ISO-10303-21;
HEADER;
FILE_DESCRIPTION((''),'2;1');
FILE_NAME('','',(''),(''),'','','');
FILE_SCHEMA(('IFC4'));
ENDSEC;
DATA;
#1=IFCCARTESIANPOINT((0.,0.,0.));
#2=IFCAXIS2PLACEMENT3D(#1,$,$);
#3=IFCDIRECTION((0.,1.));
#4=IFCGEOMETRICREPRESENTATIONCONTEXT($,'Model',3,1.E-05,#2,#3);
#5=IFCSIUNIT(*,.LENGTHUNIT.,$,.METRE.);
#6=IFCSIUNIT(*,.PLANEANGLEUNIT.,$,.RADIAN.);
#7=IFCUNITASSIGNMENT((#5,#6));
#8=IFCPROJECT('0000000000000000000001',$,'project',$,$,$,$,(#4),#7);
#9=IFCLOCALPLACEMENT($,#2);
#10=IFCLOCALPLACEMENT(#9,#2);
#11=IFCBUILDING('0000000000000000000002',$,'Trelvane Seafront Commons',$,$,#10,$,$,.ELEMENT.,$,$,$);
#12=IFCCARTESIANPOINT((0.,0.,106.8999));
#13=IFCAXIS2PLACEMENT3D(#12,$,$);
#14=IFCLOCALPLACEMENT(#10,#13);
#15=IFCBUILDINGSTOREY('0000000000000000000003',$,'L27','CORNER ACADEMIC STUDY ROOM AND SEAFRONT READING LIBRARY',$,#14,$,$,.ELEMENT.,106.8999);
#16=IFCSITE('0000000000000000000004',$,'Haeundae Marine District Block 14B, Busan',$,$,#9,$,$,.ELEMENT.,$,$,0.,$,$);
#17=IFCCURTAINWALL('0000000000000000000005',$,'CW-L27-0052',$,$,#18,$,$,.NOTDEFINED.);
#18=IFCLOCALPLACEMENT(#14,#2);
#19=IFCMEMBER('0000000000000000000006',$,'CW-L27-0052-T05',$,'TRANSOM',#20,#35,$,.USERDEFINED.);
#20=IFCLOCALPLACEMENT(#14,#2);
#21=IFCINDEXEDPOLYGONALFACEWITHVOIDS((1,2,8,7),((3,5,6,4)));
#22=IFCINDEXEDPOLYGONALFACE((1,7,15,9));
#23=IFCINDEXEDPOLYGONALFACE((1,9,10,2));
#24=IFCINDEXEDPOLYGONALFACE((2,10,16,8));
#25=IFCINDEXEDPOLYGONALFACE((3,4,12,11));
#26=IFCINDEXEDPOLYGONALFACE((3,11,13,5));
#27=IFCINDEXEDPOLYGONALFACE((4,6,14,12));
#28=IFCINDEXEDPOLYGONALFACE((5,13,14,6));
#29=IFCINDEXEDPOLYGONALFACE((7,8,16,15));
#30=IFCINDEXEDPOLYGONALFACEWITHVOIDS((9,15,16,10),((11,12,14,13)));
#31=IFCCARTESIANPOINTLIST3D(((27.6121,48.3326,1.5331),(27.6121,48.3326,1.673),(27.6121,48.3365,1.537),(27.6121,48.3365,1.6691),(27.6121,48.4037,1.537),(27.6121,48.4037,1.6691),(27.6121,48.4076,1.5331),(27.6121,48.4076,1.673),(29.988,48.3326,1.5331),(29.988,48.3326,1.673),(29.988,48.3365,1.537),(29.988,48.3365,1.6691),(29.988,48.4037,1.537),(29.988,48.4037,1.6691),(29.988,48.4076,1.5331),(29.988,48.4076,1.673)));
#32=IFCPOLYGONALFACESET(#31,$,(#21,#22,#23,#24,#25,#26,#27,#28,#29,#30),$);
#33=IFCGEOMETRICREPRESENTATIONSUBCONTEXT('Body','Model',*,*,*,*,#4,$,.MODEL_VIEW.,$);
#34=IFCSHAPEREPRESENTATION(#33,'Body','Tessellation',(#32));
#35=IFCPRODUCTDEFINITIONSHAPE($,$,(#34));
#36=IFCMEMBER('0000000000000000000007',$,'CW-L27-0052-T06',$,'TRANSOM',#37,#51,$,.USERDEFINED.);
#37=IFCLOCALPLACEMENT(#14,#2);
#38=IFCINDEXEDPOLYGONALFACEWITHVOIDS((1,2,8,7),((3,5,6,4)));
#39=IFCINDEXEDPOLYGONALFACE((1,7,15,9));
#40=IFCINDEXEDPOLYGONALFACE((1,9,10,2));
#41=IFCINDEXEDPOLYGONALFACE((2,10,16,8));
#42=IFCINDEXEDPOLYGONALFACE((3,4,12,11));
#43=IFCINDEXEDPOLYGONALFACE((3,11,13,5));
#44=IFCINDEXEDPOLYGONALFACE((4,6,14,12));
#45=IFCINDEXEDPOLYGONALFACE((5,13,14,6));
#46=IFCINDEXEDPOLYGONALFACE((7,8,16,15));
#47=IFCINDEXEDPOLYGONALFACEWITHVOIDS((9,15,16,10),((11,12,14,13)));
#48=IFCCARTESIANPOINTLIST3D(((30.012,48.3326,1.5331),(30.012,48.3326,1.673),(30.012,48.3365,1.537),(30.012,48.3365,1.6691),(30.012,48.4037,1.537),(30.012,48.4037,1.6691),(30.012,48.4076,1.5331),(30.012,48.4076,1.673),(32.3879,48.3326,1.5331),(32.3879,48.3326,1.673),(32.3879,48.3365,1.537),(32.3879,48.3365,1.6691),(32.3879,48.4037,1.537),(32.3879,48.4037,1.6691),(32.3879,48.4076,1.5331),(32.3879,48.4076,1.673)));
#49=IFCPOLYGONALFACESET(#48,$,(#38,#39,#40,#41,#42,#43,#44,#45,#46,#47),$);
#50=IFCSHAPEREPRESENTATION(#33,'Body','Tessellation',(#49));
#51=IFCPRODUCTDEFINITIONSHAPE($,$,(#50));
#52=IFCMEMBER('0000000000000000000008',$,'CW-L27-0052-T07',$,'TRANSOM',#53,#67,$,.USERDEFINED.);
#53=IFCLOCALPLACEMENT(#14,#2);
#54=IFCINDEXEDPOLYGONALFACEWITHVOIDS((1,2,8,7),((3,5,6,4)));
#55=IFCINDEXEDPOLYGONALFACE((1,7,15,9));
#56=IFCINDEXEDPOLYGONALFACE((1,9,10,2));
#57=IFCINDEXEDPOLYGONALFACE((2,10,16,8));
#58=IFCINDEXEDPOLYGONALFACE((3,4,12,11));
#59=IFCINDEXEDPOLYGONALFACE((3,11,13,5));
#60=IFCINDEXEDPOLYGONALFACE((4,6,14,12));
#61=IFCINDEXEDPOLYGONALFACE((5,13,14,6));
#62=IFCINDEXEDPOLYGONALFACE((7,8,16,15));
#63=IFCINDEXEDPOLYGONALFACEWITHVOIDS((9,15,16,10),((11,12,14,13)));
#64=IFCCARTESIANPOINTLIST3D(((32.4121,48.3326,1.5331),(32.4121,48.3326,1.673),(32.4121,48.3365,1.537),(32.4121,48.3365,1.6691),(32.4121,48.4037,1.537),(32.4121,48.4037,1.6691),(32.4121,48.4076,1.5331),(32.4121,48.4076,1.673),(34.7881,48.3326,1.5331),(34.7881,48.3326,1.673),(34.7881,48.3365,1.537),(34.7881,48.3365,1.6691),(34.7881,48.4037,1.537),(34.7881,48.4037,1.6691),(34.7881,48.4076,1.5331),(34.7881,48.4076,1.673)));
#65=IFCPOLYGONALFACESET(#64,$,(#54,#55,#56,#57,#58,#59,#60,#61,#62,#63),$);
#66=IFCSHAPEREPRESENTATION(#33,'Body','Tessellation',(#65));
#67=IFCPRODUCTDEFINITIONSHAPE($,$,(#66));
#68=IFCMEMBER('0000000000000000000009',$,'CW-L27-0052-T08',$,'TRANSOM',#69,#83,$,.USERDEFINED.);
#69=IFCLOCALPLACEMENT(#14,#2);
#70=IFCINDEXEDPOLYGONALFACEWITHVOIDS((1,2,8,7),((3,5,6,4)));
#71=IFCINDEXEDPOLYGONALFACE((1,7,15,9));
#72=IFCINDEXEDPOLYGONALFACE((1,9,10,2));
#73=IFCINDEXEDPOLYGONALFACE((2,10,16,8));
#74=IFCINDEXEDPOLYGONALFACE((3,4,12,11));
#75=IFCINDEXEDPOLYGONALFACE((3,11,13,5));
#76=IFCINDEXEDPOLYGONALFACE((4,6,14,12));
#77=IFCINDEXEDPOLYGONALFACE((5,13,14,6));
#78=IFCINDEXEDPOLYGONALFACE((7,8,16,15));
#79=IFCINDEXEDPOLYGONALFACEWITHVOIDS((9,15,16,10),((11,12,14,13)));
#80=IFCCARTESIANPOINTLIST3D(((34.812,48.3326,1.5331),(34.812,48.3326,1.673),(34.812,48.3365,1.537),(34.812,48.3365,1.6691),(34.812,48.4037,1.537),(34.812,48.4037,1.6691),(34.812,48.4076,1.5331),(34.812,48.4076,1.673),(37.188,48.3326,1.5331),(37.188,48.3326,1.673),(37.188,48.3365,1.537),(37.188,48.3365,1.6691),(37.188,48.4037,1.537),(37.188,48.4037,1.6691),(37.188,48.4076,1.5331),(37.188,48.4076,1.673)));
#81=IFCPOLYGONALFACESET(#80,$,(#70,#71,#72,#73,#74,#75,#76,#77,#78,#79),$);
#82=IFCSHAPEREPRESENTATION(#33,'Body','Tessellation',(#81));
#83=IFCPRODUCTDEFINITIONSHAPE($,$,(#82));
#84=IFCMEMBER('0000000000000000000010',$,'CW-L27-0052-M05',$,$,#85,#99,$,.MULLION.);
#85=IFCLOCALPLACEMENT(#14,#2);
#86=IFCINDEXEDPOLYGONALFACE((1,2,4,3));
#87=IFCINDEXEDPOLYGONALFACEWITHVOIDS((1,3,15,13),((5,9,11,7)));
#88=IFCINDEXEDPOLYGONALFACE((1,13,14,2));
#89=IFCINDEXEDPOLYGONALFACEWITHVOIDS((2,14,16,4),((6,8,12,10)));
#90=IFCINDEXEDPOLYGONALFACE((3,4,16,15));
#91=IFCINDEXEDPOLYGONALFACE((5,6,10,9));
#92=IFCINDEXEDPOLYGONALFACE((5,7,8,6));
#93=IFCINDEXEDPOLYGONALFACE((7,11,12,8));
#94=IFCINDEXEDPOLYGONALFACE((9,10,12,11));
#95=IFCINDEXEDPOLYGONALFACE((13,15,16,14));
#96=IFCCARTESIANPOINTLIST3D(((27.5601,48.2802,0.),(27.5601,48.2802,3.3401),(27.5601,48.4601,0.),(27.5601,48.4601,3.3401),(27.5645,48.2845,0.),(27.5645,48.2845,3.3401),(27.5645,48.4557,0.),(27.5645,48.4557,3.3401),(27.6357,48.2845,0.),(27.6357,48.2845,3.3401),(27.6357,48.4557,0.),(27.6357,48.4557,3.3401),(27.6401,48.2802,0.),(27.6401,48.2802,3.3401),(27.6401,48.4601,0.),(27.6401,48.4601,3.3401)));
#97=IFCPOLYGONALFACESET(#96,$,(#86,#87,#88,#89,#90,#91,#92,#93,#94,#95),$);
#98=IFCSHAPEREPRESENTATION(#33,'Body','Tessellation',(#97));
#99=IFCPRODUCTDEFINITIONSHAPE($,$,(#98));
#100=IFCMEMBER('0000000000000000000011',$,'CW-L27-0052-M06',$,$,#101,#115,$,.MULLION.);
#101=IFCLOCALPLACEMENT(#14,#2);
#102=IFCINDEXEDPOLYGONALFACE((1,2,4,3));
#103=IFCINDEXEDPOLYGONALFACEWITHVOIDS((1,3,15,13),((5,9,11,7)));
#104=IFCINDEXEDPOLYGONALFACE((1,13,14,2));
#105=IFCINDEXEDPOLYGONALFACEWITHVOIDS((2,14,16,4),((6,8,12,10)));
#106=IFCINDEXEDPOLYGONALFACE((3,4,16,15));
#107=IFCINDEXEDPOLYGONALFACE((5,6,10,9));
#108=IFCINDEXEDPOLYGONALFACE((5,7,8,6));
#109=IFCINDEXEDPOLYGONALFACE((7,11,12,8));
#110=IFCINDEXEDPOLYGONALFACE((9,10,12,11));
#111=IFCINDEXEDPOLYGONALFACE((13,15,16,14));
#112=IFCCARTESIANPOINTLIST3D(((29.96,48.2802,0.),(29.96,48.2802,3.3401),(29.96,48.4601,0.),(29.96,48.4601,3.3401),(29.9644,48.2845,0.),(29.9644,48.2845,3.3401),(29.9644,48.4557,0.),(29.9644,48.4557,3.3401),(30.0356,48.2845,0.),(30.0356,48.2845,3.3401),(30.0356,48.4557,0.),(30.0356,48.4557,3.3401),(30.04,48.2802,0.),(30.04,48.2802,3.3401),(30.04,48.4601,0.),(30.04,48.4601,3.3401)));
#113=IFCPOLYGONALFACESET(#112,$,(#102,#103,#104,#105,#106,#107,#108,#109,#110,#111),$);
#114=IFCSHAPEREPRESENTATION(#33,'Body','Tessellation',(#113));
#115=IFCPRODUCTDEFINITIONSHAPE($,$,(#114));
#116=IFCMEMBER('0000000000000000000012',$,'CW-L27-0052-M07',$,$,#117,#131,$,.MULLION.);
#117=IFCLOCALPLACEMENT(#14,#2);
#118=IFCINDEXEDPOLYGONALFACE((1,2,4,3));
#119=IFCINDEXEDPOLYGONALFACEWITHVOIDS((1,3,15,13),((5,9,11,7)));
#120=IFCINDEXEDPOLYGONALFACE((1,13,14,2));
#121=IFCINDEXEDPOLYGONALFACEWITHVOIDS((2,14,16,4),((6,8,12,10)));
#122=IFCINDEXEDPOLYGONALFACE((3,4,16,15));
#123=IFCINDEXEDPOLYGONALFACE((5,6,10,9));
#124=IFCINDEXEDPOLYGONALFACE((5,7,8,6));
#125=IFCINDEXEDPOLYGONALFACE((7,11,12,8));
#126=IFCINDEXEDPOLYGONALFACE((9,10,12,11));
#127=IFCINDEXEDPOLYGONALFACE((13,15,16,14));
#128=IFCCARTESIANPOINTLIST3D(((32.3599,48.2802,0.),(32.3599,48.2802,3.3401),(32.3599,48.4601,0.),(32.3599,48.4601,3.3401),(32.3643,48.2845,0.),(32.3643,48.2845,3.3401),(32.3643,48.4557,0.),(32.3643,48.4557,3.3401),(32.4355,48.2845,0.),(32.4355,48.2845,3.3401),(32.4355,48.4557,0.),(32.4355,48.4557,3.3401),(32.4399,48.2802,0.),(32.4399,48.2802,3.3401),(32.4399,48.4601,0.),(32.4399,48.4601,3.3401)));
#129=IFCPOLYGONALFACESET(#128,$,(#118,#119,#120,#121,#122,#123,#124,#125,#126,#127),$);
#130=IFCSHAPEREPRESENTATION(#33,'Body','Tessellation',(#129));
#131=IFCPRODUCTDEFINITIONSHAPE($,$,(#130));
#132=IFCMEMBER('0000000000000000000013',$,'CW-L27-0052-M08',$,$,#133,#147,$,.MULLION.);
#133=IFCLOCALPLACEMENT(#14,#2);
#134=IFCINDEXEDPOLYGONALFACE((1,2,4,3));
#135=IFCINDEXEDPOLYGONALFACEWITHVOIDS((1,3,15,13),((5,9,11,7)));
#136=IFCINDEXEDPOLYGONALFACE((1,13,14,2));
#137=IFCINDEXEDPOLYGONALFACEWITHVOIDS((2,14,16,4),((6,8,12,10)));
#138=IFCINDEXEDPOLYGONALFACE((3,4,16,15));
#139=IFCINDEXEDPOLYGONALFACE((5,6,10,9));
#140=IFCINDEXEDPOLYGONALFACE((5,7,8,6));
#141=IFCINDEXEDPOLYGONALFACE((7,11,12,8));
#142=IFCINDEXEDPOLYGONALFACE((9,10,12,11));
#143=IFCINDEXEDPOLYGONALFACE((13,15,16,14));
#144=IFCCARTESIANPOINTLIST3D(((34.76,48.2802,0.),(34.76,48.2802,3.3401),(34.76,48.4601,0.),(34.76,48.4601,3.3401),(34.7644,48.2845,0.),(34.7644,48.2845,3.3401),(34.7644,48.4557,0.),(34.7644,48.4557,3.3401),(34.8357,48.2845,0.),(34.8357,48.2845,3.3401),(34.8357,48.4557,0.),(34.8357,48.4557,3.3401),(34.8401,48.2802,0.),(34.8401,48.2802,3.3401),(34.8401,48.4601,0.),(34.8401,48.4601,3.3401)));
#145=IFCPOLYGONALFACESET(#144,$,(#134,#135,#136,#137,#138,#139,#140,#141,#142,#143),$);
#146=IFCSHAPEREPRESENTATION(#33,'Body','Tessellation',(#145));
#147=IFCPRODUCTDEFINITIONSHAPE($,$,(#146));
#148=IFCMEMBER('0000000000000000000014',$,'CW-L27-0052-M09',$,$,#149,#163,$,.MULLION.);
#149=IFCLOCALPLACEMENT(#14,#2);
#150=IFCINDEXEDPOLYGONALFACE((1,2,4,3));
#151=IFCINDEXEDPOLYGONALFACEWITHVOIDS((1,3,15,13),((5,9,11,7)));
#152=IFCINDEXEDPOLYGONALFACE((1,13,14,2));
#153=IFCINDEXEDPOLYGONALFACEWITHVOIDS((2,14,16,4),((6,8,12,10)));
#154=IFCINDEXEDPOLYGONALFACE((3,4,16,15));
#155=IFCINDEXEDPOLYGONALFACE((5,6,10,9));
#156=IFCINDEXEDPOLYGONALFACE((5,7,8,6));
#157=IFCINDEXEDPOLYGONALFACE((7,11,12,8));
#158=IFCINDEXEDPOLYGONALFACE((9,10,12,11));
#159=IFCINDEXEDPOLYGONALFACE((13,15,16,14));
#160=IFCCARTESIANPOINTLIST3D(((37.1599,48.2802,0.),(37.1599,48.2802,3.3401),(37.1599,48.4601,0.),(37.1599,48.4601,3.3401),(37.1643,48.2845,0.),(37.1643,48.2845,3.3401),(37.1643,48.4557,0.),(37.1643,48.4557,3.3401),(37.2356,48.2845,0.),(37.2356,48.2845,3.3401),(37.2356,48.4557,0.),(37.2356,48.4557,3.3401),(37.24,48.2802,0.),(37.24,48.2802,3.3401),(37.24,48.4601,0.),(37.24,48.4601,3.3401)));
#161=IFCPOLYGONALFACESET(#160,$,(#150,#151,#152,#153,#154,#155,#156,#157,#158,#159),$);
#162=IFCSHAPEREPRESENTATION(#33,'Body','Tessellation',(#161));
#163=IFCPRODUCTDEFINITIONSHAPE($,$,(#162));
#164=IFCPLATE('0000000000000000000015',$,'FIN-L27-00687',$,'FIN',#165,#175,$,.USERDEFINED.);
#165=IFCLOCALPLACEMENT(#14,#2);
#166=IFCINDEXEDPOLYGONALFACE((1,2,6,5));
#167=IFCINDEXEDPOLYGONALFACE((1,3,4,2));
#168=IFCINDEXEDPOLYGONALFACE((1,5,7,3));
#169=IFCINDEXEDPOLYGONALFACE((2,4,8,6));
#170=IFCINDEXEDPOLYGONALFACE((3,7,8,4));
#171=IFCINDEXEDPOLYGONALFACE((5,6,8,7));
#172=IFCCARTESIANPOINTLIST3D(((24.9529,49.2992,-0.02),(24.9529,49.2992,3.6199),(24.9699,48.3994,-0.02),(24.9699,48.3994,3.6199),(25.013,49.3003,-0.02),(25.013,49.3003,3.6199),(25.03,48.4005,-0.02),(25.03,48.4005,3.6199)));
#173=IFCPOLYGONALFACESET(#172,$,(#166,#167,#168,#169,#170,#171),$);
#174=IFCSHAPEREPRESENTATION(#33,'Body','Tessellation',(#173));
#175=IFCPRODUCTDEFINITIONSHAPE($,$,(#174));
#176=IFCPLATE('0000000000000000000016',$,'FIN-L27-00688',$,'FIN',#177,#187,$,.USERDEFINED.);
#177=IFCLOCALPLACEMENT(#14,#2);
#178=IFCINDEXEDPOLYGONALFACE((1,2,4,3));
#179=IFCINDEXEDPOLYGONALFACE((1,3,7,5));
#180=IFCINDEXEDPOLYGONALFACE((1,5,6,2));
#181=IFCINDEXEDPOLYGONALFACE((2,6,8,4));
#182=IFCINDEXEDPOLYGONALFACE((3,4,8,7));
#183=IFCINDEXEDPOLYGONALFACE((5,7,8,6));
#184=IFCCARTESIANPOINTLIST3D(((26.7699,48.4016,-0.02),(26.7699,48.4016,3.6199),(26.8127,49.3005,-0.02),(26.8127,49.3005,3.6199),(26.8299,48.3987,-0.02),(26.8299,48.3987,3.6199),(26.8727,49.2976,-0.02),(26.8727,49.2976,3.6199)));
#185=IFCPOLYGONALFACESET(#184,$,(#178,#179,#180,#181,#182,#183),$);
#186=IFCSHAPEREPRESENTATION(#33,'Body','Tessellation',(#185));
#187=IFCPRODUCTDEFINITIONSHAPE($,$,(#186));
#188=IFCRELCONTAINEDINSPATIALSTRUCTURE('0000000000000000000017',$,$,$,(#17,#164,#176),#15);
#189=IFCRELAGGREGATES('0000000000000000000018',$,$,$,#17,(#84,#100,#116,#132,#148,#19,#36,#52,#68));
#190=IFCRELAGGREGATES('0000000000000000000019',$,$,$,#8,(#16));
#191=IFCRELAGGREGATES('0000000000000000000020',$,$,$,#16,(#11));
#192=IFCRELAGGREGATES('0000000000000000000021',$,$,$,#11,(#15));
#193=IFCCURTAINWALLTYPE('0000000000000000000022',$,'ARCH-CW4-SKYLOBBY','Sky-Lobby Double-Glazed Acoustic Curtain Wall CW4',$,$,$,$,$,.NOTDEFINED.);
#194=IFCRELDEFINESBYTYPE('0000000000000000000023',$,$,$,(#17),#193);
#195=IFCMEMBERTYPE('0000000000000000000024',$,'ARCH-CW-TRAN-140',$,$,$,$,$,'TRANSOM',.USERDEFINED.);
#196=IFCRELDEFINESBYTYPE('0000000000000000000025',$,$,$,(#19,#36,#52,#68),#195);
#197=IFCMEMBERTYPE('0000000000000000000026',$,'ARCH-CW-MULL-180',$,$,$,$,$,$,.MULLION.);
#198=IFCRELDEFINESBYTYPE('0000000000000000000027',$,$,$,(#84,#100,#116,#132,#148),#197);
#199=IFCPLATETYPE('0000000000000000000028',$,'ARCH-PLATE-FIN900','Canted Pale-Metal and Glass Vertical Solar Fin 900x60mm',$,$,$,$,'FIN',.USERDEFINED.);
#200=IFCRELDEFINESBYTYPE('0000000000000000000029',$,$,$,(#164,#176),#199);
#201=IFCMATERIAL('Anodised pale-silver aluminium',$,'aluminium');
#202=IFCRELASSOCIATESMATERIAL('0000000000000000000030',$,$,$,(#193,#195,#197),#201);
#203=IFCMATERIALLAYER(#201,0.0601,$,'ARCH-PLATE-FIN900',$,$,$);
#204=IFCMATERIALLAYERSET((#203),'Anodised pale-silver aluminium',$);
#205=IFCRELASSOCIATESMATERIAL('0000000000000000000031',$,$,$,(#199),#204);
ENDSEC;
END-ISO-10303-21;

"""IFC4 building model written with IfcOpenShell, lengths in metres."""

from ifc_helpers import new_model, si_unit, direction, frame, origin, origin_2d, place, context, subcontext, project, spatial, rectangle, hollow_rectangle, extrude, source, transform, mapped, material, layer, layer_set, material_profile, profile_set, type_object, element, aggregate, save


model = new_model("IFC4")

# Units and contexts
model_context = context("Model", 3, precision=1e-05, world=origin(), true_north=direction((0.0, 1.0)))
body_context = subcontext(model_context, "Body", "Model", "MODEL_VIEW")
ifc_project = project(units=[si_unit("LENGTHUNIT", "METRE"), si_unit("PLANEANGLEUNIT", "RADIAN")], contexts=[model_context])

# Site, building, storey
site_placement = place(None, origin())
site = spatial("IfcSite", under=ifc_project, at=site_placement, Name="Haeundae Marine District Block 14B, Busan", CompositionType="ELEMENT", RefElevation=0.0)
building_placement = place(site_placement, origin())
building = spatial("IfcBuilding", under=site, at=building_placement, Name="Trelvane Seafront Commons", CompositionType="ELEMENT")
storey_placement = place(building_placement, frame((0.0, 0.0, 106.8999)))
storey = spatial("IfcBuildingStorey", under=building, at=storey_placement, Name="L27", Description="CORNER ACADEMIC STUDY ROOM AND SEAFRONT READING LIBRARY", CompositionType="ELEMENT", Elevation=106.8999)

# Curtain wall, members
ifc_material_1 = material(Name="Anodised pale-silver aluminium", Category="aluminium")
curtain_wall_type = type_object("IfcCurtainWallType", Name="ARCH-CW4-SKYLOBBY", Description="Sky-Lobby Double-Glazed Acoustic Curtain Wall CW4", PredefinedType="NOTDEFINED", material=ifc_material_1)
curtain_wall_placement = place(storey_placement, origin())
curtain_wall = element("IfcCurtainWall", 1, at=curtain_wall_placement, inside=storey, type_object=curtain_wall_type, Name="CW-L27-0052", PredefinedType="NOTDEFINED")
ifc_material_profile_1 = material_profile(ifc_material_1, hollow_rectangle(XDim=0.075, YDim=0.1399, WallThickness=0.0039, at=origin_2d()), Name="TRAN-75x140x4")
ifc_profile_set_1 = profile_set([ifc_material_profile_1], Name="Anodised pale-silver aluminium")
member_type_1 = type_object("IfcMemberType", Name="ARCH-CW-TRAN-140", ElementType="TRANSOM", PredefinedType="USERDEFINED", material=ifc_profile_set_1)
shared_shape_1 = source(origin(), body_context, "Body", "SweptSolid", [
    extrude(hollow_rectangle(XDim=0.075, YDim=0.1399, WallThickness=0.0039, at=origin_2d()), origin(), (0.0, 0.0, 1.0), 2.376),
])
member_1_placement = place(storey_placement, frame((27.6121, 48.3701, 1.603), z_axis=(1.0, 0.0, 0.0), x_axis=(0.0, 1.0, 0.0)))
member_1 = element("IfcMember", 2, at=member_1_placement, type_object=member_type_1, Name="CW-L27-0052-T05", ObjectType="TRANSOM", PredefinedType="USERDEFINED", context=body_context, shape_type="MappedRepresentation", body=[
    mapped(shared_shape_1, transform((0.0, 0.0, 0.0), x_axis=(1.0, 0.0, 0.0), y_axis=(0.0, 1.0, 0.0), z_axis=(0.0, 0.0, 1.0), scale=1.0)),
])
member_2_placement = place(storey_placement, frame((30.012, 48.3701, 1.603), z_axis=(1.0, 0.0, 0.0), x_axis=(0.0, 1.0, 0.0)))
member_2 = element("IfcMember", 3, at=member_2_placement, type_object=member_type_1, Name="CW-L27-0052-T06", ObjectType="TRANSOM", PredefinedType="USERDEFINED", context=body_context, shape_type="MappedRepresentation", body=[
    mapped(shared_shape_1, transform((0.0, 0.0, 0.0), x_axis=(1.0, 0.0, 0.0), y_axis=(0.0, 1.0, 0.0), z_axis=(0.0, 0.0, 1.0), scale=1.0)),
])
member_3_placement = place(storey_placement, frame((32.4121, 48.3701, 1.603), z_axis=(1.0, 0.0, 0.0), x_axis=(0.0, 1.0, 0.0)))
member_3 = element("IfcMember", 4, at=member_3_placement, type_object=member_type_1, Name="CW-L27-0052-T07", ObjectType="TRANSOM", PredefinedType="USERDEFINED", context=body_context, shape_type="MappedRepresentation", body=[
    mapped(shared_shape_1, transform((0.0, 0.0, 0.0), x_axis=(1.0, 0.0, 0.0), y_axis=(0.0, 1.0, 0.0), z_axis=(0.0, 0.0, 1.0), scale=1.0)),
])
member_4_placement = place(storey_placement, frame((34.812, 48.3701, 1.603), z_axis=(1.0, 0.0, 0.0), x_axis=(0.0, 1.0, 0.0)))
member_4 = element("IfcMember", 5, at=member_4_placement, type_object=member_type_1, Name="CW-L27-0052-T08", ObjectType="TRANSOM", PredefinedType="USERDEFINED", context=body_context, shape_type="MappedRepresentation", body=[
    mapped(shared_shape_1, transform((0.0, 0.0, 0.0), x_axis=(1.0, 0.0, 0.0), y_axis=(0.0, 1.0, 0.0), z_axis=(0.0, 0.0, 1.0), scale=1.0)),
])
ifc_material_profile_2 = material_profile(ifc_material_1, hollow_rectangle(XDim=0.0801, YDim=0.1799, WallThickness=0.0044, at=origin_2d()), Name="MULL-80x180x4.5")
ifc_profile_set_2 = profile_set([ifc_material_profile_2], Name="Anodised pale-silver aluminium")
member_type_2 = type_object("IfcMemberType", Name="ARCH-CW-MULL-180", PredefinedType="MULLION", material=ifc_profile_set_2)
shared_shape_2 = source(origin(), body_context, "Body", "SweptSolid", [
    extrude(hollow_rectangle(XDim=0.0801, YDim=0.1799, WallThickness=0.0044, at=origin_2d()), origin(), (0.0, 0.0, 1.0), 3.3401),
])
member_5_placement = place(storey_placement, frame((27.6001, 48.3701, 0.0), z_axis=(0.0, 0.0, 1.0), x_axis=(1.0, 0.0, 0.0)))
member_5 = element("IfcMember", 6, at=member_5_placement, type_object=member_type_2, Name="CW-L27-0052-M05", PredefinedType="MULLION", context=body_context, shape_type="MappedRepresentation", body=[
    mapped(shared_shape_2, transform((0.0, 0.0, 0.0), x_axis=(1.0, 0.0, 0.0), y_axis=(0.0, 1.0, 0.0), z_axis=(0.0, 0.0, 1.0), scale=1.0)),
])
member_6_placement = place(storey_placement, frame((30.0, 48.3701, 0.0), z_axis=(0.0, 0.0, 1.0), x_axis=(1.0, 0.0, 0.0)))
member_6 = element("IfcMember", 7, at=member_6_placement, type_object=member_type_2, Name="CW-L27-0052-M06", PredefinedType="MULLION", context=body_context, shape_type="MappedRepresentation", body=[
    mapped(shared_shape_2, transform((0.0, 0.0, 0.0), x_axis=(1.0, 0.0, 0.0), y_axis=(0.0, 1.0, 0.0), z_axis=(0.0, 0.0, 1.0), scale=1.0)),
])
member_7_placement = place(storey_placement, frame((32.3999, 48.3701, 0.0), z_axis=(0.0, 0.0, 1.0), x_axis=(1.0, 0.0, 0.0)))
member_7 = element("IfcMember", 8, at=member_7_placement, type_object=member_type_2, Name="CW-L27-0052-M07", PredefinedType="MULLION", context=body_context, shape_type="MappedRepresentation", body=[
    mapped(shared_shape_2, transform((0.0, 0.0, 0.0), x_axis=(1.0, 0.0, 0.0), y_axis=(0.0, 1.0, 0.0), z_axis=(0.0, 0.0, 1.0), scale=1.0)),
])
member_8_placement = place(storey_placement, frame((34.8, 48.3701, 0.0), z_axis=(0.0, 0.0, 1.0), x_axis=(1.0, 0.0, 0.0)))
member_8 = element("IfcMember", 9, at=member_8_placement, type_object=member_type_2, Name="CW-L27-0052-M08", PredefinedType="MULLION", context=body_context, shape_type="MappedRepresentation", body=[
    mapped(shared_shape_2, transform((0.0, 0.0, 0.0), x_axis=(1.0, 0.0, 0.0), y_axis=(0.0, 1.0, 0.0), z_axis=(0.0, 0.0, 1.0), scale=1.0)),
])
member_9_placement = place(storey_placement, frame((37.2, 48.3701, 0.0), z_axis=(0.0, 0.0, 1.0), x_axis=(1.0, 0.0, 0.0)))
member_9 = element("IfcMember", 10, at=member_9_placement, type_object=member_type_2, Name="CW-L27-0052-M09", PredefinedType="MULLION", context=body_context, shape_type="MappedRepresentation", body=[
    mapped(shared_shape_2, transform((0.0, 0.0, 0.0), x_axis=(1.0, 0.0, 0.0), y_axis=(0.0, 1.0, 0.0), z_axis=(0.0, 0.0, 1.0), scale=1.0)),
])

# Plates
ifc_layer_1 = layer(ifc_material_1, 0.0601, Name="ARCH-PLATE-FIN900")
ifc_layer_set_1 = layer_set([ifc_layer_1], Name="Anodised pale-silver aluminium")
plate_type_1 = type_object("IfcPlateType", Name="ARCH-PLATE-FIN900", Description="Canted Pale-Metal and Glass Vertical Solar Fin 900x60mm", ElementType="FIN", PredefinedType="USERDEFINED", material=ifc_layer_set_1)
shared_shape_3 = source(origin(), body_context, "Body", "SweptSolid", [
    extrude(rectangle(XDim=0.8999, YDim=0.0601, at=origin_2d()), origin(), (0.0, 0.0, 1.0), 3.6399),
])
for number, where, z_axis, x_axis, name in (
    (11, (24.9915, 48.8499, -0.02), (0.0, 0.0, 1.0), (-0.01889, 0.999822, 0.0), "FIN-L27-00687"),
    (12, (26.8213, 48.8496, -0.02), (0.0, 0.0, 1.0), (0.047554, 0.998869, 0.0), "FIN-L27-00688"),
):
    element("IfcPlate", number, at=place(storey_placement, frame(where, z_axis=z_axis, x_axis=x_axis)), inside=storey, type_object=plate_type_1, Name=name, ObjectType="FIN", PredefinedType="USERDEFINED", context=body_context, shape_type="MappedRepresentation", body=[
        mapped(shared_shape_3, transform((0.0, 0.0, 0.0), x_axis=(1.0, 0.0, 0.0), y_axis=(0.0, 1.0, 0.0), z_axis=(0.0, 0.0, 1.0), scale=1.0)),
    ])

aggregate(curtain_wall, [member_5, member_6, member_7, member_8, member_9, member_1, member_2, member_3, member_4])

save(model, "model.ifc")
